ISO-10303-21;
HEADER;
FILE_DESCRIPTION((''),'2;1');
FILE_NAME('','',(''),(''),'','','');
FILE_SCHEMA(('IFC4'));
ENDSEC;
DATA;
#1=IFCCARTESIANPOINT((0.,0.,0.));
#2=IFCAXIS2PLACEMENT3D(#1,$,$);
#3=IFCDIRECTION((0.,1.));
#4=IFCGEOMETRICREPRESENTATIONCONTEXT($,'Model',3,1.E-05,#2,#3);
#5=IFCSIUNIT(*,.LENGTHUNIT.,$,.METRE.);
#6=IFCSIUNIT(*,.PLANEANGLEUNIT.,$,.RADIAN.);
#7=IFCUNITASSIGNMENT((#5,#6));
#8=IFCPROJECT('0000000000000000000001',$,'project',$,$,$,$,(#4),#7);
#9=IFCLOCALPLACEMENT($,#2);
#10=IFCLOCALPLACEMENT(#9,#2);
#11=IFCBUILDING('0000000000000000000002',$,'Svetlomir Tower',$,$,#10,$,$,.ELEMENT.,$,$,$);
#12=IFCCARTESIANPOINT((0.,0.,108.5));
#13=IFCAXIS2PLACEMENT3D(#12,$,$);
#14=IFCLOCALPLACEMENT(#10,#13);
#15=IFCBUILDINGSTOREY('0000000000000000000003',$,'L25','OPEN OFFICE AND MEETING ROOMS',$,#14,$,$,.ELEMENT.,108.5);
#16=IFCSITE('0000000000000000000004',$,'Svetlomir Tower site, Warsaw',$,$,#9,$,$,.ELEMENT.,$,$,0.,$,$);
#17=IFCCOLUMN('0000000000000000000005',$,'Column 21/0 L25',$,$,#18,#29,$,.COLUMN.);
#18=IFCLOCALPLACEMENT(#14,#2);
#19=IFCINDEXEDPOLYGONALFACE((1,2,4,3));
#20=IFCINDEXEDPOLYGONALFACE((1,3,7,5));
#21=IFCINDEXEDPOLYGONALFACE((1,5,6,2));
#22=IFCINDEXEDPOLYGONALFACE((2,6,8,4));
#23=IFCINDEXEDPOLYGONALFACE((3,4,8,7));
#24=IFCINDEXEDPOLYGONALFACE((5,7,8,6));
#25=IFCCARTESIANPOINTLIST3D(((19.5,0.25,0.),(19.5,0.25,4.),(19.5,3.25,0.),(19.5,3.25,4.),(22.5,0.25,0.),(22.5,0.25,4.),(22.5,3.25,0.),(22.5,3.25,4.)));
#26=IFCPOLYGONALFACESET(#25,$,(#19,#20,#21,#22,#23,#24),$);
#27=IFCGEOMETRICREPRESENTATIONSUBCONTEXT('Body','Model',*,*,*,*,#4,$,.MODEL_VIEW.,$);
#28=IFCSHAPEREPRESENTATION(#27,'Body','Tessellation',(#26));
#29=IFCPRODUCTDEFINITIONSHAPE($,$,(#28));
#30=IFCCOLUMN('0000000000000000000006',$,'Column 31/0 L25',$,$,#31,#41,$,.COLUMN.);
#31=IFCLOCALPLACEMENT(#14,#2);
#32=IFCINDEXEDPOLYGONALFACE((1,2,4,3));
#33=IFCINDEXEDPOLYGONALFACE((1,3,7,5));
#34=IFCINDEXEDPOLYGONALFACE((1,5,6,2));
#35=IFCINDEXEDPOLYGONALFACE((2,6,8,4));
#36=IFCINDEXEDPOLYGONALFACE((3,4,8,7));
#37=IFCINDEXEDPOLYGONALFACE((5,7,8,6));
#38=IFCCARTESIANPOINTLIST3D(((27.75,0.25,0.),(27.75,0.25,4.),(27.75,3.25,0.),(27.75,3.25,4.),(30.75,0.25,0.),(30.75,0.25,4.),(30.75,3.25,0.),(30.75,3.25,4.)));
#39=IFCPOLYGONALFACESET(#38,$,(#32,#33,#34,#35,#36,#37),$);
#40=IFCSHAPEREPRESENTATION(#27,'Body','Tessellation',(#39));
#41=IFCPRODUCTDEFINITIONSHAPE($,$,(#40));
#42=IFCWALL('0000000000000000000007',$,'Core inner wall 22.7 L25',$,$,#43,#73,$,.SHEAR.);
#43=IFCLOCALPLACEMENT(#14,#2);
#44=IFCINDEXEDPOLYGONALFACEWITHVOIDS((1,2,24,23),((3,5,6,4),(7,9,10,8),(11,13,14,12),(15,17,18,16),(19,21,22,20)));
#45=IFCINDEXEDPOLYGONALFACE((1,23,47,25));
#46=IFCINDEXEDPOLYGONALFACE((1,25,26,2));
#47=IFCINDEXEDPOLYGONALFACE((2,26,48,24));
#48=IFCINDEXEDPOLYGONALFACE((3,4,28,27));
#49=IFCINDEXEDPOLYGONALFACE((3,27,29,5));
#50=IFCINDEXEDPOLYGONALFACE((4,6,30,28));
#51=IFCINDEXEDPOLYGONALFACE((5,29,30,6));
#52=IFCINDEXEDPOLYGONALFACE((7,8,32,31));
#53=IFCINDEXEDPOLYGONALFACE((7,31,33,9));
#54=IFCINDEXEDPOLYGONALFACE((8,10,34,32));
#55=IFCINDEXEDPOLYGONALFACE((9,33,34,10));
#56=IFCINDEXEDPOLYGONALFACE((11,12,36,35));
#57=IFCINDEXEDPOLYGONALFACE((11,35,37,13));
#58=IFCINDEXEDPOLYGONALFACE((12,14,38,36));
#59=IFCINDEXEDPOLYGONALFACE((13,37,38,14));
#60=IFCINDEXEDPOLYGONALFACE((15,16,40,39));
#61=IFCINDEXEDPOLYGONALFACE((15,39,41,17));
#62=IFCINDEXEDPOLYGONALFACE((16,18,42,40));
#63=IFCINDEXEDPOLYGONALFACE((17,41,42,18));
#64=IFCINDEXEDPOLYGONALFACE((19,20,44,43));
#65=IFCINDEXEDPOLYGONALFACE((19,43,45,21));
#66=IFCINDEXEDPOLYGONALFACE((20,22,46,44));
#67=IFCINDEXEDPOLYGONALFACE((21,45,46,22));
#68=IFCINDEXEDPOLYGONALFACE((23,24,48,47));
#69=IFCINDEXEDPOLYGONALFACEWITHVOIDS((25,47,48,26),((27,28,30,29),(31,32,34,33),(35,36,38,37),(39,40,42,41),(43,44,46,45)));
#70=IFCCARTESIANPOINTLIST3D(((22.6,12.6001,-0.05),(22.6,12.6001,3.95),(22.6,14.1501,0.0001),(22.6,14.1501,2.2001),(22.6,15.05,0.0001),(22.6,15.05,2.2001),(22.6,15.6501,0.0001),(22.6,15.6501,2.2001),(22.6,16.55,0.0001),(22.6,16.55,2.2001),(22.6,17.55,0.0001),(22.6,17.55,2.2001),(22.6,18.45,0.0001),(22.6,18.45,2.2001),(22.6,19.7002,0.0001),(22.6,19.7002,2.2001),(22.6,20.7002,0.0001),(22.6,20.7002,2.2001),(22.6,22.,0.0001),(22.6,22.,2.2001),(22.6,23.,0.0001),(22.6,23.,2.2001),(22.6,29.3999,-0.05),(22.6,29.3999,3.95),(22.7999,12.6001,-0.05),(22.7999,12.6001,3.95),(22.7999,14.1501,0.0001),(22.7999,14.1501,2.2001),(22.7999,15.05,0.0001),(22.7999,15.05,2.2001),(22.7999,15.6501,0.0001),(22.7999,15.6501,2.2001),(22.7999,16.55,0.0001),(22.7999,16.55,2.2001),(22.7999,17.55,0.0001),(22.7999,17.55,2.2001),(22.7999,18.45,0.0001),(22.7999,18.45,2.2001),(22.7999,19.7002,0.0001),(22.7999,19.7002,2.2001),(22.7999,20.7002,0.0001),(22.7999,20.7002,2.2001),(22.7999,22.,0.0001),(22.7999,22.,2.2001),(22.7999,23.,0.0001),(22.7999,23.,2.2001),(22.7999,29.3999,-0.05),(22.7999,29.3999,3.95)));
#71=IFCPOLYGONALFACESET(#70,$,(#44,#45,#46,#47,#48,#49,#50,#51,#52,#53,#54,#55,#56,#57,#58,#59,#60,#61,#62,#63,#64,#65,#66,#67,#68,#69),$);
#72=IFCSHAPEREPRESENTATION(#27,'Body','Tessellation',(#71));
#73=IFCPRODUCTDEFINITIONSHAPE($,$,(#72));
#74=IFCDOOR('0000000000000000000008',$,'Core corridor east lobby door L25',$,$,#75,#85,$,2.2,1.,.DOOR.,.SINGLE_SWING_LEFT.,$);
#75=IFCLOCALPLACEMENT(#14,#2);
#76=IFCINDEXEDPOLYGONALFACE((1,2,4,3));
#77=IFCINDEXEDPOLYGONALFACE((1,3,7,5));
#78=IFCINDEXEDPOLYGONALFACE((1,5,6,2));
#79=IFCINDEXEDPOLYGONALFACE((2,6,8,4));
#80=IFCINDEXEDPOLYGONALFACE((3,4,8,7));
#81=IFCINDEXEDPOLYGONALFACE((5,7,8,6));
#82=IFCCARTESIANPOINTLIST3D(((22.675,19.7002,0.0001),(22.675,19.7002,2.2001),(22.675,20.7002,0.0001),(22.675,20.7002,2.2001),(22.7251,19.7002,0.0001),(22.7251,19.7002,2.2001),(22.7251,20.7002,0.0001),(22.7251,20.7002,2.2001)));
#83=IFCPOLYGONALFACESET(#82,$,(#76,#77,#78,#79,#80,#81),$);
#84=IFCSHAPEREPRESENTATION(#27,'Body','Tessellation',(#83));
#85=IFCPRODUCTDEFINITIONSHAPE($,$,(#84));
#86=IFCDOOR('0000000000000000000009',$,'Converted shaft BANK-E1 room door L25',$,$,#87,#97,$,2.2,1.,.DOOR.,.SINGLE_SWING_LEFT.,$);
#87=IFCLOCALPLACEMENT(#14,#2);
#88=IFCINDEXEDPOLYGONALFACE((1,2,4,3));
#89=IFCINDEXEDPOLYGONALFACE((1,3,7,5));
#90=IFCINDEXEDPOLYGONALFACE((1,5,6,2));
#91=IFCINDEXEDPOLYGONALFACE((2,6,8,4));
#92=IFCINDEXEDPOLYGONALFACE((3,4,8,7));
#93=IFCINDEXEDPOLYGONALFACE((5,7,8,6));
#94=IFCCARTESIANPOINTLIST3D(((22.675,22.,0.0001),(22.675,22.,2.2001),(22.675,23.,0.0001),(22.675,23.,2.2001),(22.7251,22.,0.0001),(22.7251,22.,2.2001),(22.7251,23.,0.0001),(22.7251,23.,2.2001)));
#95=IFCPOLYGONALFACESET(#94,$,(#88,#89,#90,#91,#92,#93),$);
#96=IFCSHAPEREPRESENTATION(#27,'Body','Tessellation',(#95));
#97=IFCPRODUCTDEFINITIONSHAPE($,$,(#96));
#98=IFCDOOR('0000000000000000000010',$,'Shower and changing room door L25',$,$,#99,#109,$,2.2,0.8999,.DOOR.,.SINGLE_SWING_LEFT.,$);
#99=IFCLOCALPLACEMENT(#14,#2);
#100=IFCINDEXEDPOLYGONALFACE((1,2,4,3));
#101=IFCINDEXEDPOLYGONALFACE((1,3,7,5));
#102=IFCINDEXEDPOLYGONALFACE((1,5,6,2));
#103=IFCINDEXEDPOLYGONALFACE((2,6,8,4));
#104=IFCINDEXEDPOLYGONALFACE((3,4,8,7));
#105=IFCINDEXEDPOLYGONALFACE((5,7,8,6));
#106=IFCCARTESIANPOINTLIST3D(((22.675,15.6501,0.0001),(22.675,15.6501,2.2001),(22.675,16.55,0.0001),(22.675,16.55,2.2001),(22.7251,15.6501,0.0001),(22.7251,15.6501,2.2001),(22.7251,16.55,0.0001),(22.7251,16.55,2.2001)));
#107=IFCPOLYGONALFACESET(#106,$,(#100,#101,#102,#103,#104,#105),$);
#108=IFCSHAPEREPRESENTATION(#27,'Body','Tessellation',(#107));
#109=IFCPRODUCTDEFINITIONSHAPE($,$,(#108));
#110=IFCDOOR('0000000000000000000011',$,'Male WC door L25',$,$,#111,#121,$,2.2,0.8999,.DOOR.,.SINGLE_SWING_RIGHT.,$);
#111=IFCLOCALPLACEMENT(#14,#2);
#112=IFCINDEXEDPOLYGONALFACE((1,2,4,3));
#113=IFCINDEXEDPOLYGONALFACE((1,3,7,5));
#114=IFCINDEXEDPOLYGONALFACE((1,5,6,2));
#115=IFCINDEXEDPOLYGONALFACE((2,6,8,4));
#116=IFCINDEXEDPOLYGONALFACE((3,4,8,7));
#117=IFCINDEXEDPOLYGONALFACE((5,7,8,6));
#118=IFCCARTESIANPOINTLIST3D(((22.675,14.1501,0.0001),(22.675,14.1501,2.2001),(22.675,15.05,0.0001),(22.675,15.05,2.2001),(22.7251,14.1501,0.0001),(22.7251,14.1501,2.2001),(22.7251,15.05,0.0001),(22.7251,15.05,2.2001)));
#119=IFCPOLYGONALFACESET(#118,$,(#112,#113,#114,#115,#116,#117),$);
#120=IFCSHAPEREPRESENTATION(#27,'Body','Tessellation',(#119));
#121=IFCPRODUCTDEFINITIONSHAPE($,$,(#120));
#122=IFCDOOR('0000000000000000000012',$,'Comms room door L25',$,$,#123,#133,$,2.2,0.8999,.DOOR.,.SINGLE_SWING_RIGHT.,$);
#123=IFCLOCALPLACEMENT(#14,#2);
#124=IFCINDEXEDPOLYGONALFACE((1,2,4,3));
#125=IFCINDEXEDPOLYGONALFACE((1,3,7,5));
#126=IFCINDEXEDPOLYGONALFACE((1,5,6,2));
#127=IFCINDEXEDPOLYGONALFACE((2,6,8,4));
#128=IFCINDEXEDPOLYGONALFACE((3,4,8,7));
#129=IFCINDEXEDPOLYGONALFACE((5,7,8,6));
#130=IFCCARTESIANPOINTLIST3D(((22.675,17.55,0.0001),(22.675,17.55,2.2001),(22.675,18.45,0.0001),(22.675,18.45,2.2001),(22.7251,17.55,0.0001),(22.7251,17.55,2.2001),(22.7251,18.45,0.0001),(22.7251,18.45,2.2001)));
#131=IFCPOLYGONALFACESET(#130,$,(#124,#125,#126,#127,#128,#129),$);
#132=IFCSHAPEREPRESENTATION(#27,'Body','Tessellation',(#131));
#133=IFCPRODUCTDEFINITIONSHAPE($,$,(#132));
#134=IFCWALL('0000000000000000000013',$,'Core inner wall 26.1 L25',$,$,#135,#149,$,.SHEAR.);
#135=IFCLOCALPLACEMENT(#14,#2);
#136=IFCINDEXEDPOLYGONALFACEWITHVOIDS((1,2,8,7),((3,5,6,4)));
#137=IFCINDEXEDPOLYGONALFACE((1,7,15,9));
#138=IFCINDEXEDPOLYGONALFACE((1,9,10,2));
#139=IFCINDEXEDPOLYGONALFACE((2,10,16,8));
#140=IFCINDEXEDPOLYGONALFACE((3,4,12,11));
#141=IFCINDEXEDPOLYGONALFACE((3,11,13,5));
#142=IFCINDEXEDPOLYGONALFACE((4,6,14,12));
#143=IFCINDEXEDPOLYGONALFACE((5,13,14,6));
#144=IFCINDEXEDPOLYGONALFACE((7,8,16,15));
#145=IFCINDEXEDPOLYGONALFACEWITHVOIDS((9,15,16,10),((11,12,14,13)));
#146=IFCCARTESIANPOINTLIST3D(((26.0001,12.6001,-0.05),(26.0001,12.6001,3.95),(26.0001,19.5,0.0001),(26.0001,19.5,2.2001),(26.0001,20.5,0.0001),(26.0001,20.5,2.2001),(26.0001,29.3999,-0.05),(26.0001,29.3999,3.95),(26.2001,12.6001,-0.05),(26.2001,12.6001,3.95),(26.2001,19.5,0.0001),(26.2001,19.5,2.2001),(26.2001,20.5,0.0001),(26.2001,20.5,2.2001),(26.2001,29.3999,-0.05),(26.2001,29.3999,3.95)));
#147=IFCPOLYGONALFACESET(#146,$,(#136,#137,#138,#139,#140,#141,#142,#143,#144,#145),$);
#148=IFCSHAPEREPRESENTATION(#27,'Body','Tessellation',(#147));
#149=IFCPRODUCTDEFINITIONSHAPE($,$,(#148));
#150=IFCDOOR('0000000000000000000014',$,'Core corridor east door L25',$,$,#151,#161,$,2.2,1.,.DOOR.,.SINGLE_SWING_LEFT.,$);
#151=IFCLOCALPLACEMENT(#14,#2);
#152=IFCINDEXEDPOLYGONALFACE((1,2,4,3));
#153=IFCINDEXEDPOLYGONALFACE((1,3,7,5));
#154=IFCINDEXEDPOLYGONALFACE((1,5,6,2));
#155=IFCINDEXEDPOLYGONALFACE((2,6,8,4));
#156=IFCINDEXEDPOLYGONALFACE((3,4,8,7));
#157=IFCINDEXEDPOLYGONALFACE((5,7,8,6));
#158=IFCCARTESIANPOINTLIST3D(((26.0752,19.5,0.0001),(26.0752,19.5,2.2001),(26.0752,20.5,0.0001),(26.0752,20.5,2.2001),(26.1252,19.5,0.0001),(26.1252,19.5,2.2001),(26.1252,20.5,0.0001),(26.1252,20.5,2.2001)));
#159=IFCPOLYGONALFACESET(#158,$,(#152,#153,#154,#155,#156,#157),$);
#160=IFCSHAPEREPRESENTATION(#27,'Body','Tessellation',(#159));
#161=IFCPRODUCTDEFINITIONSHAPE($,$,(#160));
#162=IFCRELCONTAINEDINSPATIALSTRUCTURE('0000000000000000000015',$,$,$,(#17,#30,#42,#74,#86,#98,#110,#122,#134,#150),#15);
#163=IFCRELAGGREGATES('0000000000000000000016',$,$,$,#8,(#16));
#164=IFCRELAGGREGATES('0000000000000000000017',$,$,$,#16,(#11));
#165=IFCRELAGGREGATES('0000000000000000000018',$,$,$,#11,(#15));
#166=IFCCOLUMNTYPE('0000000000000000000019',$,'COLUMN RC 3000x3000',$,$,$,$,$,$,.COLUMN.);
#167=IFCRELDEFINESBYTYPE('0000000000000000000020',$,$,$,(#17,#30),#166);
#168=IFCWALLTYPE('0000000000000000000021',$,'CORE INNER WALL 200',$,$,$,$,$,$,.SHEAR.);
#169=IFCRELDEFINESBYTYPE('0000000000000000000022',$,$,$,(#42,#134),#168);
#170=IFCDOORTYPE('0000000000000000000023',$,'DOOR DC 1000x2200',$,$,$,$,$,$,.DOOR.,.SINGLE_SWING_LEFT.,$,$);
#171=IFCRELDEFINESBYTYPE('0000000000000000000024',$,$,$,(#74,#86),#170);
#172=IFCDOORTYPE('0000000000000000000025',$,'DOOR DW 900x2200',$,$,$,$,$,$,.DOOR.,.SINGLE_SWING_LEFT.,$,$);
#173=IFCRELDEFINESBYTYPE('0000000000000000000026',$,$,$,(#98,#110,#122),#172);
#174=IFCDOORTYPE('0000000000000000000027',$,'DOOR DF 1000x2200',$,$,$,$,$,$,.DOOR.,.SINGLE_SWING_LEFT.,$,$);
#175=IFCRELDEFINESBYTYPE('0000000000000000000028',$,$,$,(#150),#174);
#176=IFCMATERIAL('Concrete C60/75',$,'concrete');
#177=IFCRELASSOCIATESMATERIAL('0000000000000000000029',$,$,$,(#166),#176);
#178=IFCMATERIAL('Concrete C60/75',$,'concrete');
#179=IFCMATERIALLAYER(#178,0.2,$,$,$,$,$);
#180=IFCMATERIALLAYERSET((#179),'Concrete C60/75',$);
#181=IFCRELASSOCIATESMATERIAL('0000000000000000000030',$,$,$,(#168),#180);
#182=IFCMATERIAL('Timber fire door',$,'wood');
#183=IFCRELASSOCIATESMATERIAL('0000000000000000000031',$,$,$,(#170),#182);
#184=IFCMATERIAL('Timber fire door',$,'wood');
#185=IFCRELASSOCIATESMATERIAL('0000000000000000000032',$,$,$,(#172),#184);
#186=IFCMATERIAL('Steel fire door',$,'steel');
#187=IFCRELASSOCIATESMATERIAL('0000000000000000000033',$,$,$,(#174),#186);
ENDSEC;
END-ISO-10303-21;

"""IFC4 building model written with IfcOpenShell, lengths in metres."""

from ifc_helpers import new_model, si_unit, direction, frame, frame_2d, origin, origin_2d, place, context, subcontext, project, spatial, rectangle, extrude, material, layer, layer_set, material_profile, profile_set, type_object, element, fill, save


model = new_model("IFC4")

# Units and contexts
model_context = context("Model", 3, precision=1e-05, world=origin(), true_north=direction((0.0, 1.0)))
body_context = subcontext(model_context, "Body", "Model", "MODEL_VIEW")
ifc_project = project(units=[si_unit("LENGTHUNIT", "METRE"), si_unit("PLANEANGLEUNIT", "RADIAN")], contexts=[model_context])

# Site, building, storey
site_placement = place(None, origin())
site = spatial("IfcSite", under=ifc_project, at=site_placement, Name="Svetlomir Tower site, Warsaw", CompositionType="ELEMENT", RefElevation=0.0)
building_placement = place(site_placement, origin())
building = spatial("IfcBuilding", under=site, at=building_placement, Name="Svetlomir Tower", CompositionType="ELEMENT")
storey_placement = place(building_placement, frame((0.0, 0.0, 108.5)))
storey = spatial("IfcBuildingStorey", under=building, at=storey_placement, Name="L25", Description="OPEN OFFICE AND MEETING ROOMS", CompositionType="ELEMENT", Elevation=108.5)

# Columns
ifc_material_1 = material(Name="Concrete C60/75", Category="concrete")
ifc_material_profile = material_profile(ifc_material_1, rectangle(XDim=3.0, YDim=3.0, at=origin_2d()), Name="RC 3000x3000")
ifc_profile_set = profile_set([ifc_material_profile], Name="Concrete C60/75")
column_type = type_object("IfcColumnType", Name="COLUMN RC 3000x3000", PredefinedType="COLUMN", material=ifc_profile_set)
for number, where, z_axis, x_axis, name in (
    (1, (21.0, 1.75, 0.0), (0.0, 0.0, 1.0), (1.0, 0.0, 0.0), "Column 21/0 L25"),
    (2, (29.25, 1.75, 0.0), (0.0, 0.0, 1.0), (1.0, 0.0, 0.0), "Column 31/0 L25"),
):
    element("IfcColumn", number, at=place(storey_placement, frame(where, z_axis=z_axis, x_axis=x_axis)), inside=storey, type_object=column_type, Name=name, PredefinedType="COLUMN", context=body_context, shape_type="SweptSolid", body=[
        extrude(rectangle(XDim=3.0, YDim=3.0, at=origin_2d()), origin(), (0.0, 0.0, 1.0), 4.0),
    ])

# Wall, openings, doors
ifc_material_2 = material(Name="Concrete C60/75", Category="concrete")
ifc_layer_1 = layer(ifc_material_2, 0.2)
ifc_layer_set_1 = layer_set([ifc_layer_1], Name="Concrete C60/75")
wall_type_1 = type_object("IfcWallType", Name="CORE INNER WALL 200", PredefinedType="SHEAR", material=ifc_layer_set_1)
wall_1_placement = place(storey_placement, frame((22.7, 12.6001, -0.05), z_axis=(0.0, 0.0, 1.0), x_axis=(0.0, 1.0, 0.0)))
wall_1 = element("IfcWall", 3, at=wall_1_placement, inside=storey, type_object=wall_type_1, Name="Core inner wall 22.7 L25", PredefinedType="SHEAR", context=body_context, shape_type="SweptSolid", body=[
    extrude(rectangle(XDim=16.7998, YDim=0.2, at=frame_2d((8.3999, 0.0))), origin(), (0.0, 0.0, 1.0), 4.0),
])
opening_1_placement = place(wall_1_placement, frame((3.05, 0.0, 0.05)))
opening_1 = element("IfcOpeningElement", 4, at=opening_1_placement, cuts=wall_1, PredefinedType="OPENING", context=body_context, shape_type="SweptSolid", body=[
    extrude(rectangle(XDim=0.8999, YDim=2.2, at=frame_2d((0.45, 1.1001))), frame((0.0, 0.1099, 0.0), z_axis=(0.0, -1.0, 0.0), x_axis=(1.0, 0.0, 0.0)), (0.0, 0.0, 1.0), 0.22),
])
opening_2_placement = place(wall_1_placement, frame((7.1001, 0.0, 0.05)))
opening_2 = element("IfcOpeningElement", 5, at=opening_2_placement, cuts=wall_1, PredefinedType="OPENING", context=body_context, shape_type="SweptSolid", body=[
    extrude(rectangle(XDim=1.0, YDim=2.2, at=frame_2d((0.5, 1.1001))), frame((0.0, 0.1099, 0.0), z_axis=(0.0, -1.0, 0.0), x_axis=(1.0, 0.0, 0.0)), (0.0, 0.0, 1.0), 0.22),
])
opening_3_placement = place(wall_1_placement, frame((1.55, 0.0, 0.05)))
opening_3 = element("IfcOpeningElement", 6, at=opening_3_placement, cuts=wall_1, PredefinedType="OPENING", context=body_context, shape_type="SweptSolid", body=[
    extrude(rectangle(XDim=0.8999, YDim=2.2, at=frame_2d((0.45, 1.1001))), frame((0.0, 0.1099, 0.0), z_axis=(0.0, -1.0, 0.0), x_axis=(1.0, 0.0, 0.0)), (0.0, 0.0, 1.0), 0.22),
])
opening_4_placement = place(wall_1_placement, frame((4.95, 0.0, 0.05)))
opening_4 = element("IfcOpeningElement", 7, at=opening_4_placement, cuts=wall_1, PredefinedType="OPENING", context=body_context, shape_type="SweptSolid", body=[
    extrude(rectangle(XDim=0.8999, YDim=2.2, at=frame_2d((0.45, 1.1001))), frame((0.0, 0.1099, 0.0), z_axis=(0.0, -1.0, 0.0), x_axis=(1.0, 0.0, 0.0)), (0.0, 0.0, 1.0), 0.22),
])
opening_5_placement = place(wall_1_placement, frame((9.3999, 0.0, 0.05)))
opening_5 = element("IfcOpeningElement", 8, at=opening_5_placement, cuts=wall_1, PredefinedType="OPENING", context=body_context, shape_type="SweptSolid", body=[
    extrude(rectangle(XDim=1.0, YDim=2.2, at=frame_2d((0.5, 1.1001))), frame((0.0, 0.1099, 0.0), z_axis=(0.0, -1.0, 0.0), x_axis=(1.0, 0.0, 0.0)), (0.0, 0.0, 1.0), 0.22),
])
ifc_material_3 = material(Name="Timber fire door", Category="wood")
door_type_1 = type_object("IfcDoorType", Name="DOOR DC 1000x2200", OperationType="SINGLE_SWING_LEFT", PredefinedType="DOOR", material=ifc_material_3)
door_1_placement = place(opening_2_placement, origin())
door_1 = element("IfcDoor", 9, at=door_1_placement, inside=storey, type_object=door_type_1, Name="Core corridor east lobby door L25", OperationType="SINGLE_SWING_LEFT", OverallHeight=2.2, OverallWidth=1.0, PredefinedType="DOOR", context=body_context, shape_type="SweptSolid", body=[
    extrude(rectangle(XDim=1.0, YDim=2.2, at=frame_2d((0.5, 1.1001))), frame((0.0, 0.0249, 0.0), z_axis=(0.0, -1.0, 0.0), x_axis=(1.0, 0.0, 0.0)), (0.0, 0.0, 1.0), 0.05),
])
fill(opening_2, door_1)
door_2_placement = place(opening_5_placement, origin())
door_2 = element("IfcDoor", 10, at=door_2_placement, inside=storey, type_object=door_type_1, Name="Converted shaft BANK-E1 room door L25", OperationType="SINGLE_SWING_LEFT", OverallHeight=2.2, OverallWidth=1.0, PredefinedType="DOOR", context=body_context, shape_type="SweptSolid", body=[
    extrude(rectangle(XDim=1.0, YDim=2.2, at=frame_2d((0.5, 1.1001))), frame((0.0, 0.0249, 0.0), z_axis=(0.0, -1.0, 0.0), x_axis=(1.0, 0.0, 0.0)), (0.0, 0.0, 1.0), 0.05),
])
fill(opening_5, door_2)
ifc_material_4 = material(Name="Timber fire door", Category="wood")
door_type_2 = type_object("IfcDoorType", Name="DOOR DW 900x2200", OperationType="SINGLE_SWING_LEFT", PredefinedType="DOOR", material=ifc_material_4)
door_3_placement = place(opening_1_placement, origin())
door_3 = element("IfcDoor", 11, at=door_3_placement, inside=storey, type_object=door_type_2, Name="Shower and changing room door L25", OperationType="SINGLE_SWING_LEFT", OverallHeight=2.2, OverallWidth=0.8999, PredefinedType="DOOR", context=body_context, shape_type="SweptSolid", body=[
    extrude(rectangle(XDim=0.8999, YDim=2.2, at=frame_2d((0.45, 1.1001))), frame((0.0, 0.0249, 0.0), z_axis=(0.0, -1.0, 0.0), x_axis=(1.0, 0.0, 0.0)), (0.0, 0.0, 1.0), 0.05),
])
fill(opening_1, door_3)
door_4_placement = place(opening_3_placement, origin())
door_4 = element("IfcDoor", 12, at=door_4_placement, inside=storey, type_object=door_type_2, Name="Male WC door L25", OperationType="SINGLE_SWING_RIGHT", OverallHeight=2.2, OverallWidth=0.8999, PredefinedType="DOOR", context=body_context, shape_type="SweptSolid", body=[
    extrude(rectangle(XDim=0.8999, YDim=2.2, at=frame_2d((0.45, 1.1001))), frame((0.0, 0.0249, 0.0), z_axis=(0.0, -1.0, 0.0), x_axis=(1.0, 0.0, 0.0)), (0.0, 0.0, 1.0), 0.05),
])
fill(opening_3, door_4)
door_5_placement = place(opening_4_placement, origin())
door_5 = element("IfcDoor", 13, at=door_5_placement, inside=storey, type_object=door_type_2, Name="Comms room door L25", OperationType="SINGLE_SWING_RIGHT", OverallHeight=2.2, OverallWidth=0.8999, PredefinedType="DOOR", context=body_context, shape_type="SweptSolid", body=[
    extrude(rectangle(XDim=0.8999, YDim=2.2, at=frame_2d((0.45, 1.1001))), frame((0.0, 0.0249, 0.0), z_axis=(0.0, -1.0, 0.0), x_axis=(1.0, 0.0, 0.0)), (0.0, 0.0, 1.0), 0.05),
])
fill(opening_4, door_5)

# Wall, opening, door
wall_2_placement = place(storey_placement, frame((26.1001, 12.6001, -0.05), z_axis=(0.0, 0.0, 1.0), x_axis=(0.0, 1.0, 0.0)))
wall_2 = element("IfcWall", 14, at=wall_2_placement, inside=storey, type_object=wall_type_1, Name="Core inner wall 26.1 L25", PredefinedType="SHEAR", context=body_context, shape_type="SweptSolid", body=[
    extrude(rectangle(XDim=16.7998, YDim=0.2, at=frame_2d((8.3999, 0.0))), origin(), (0.0, 0.0, 1.0), 4.0),
])
opening_6_placement = place(wall_2_placement, frame((6.8999, 0.0, 0.05)))
opening_6 = element("IfcOpeningElement", 15, at=opening_6_placement, cuts=wall_2, PredefinedType="OPENING", context=body_context, shape_type="SweptSolid", body=[
    extrude(rectangle(XDim=1.0, YDim=2.2, at=frame_2d((0.5, 1.1001))), frame((0.0, 0.1099, 0.0), z_axis=(0.0, -1.0, 0.0), x_axis=(1.0, 0.0, 0.0)), (0.0, 0.0, 1.0), 0.22),
])
ifc_material_5 = material(Name="Steel fire door", Category="steel")
door_type_3 = type_object("IfcDoorType", Name="DOOR DF 1000x2200", OperationType="SINGLE_SWING_LEFT", PredefinedType="DOOR", material=ifc_material_5)
door_6_placement = place(opening_6_placement, origin())
door_6 = element("IfcDoor", 16, at=door_6_placement, inside=storey, type_object=door_type_3, Name="Core corridor east door L25", OperationType="SINGLE_SWING_LEFT", OverallHeight=2.2, OverallWidth=1.0, PredefinedType="DOOR", context=body_context, shape_type="SweptSolid", body=[
    extrude(rectangle(XDim=1.0, YDim=2.2, at=frame_2d((0.5, 1.1001))), frame((0.0, 0.0249, 0.0), z_axis=(0.0, -1.0, 0.0), x_axis=(1.0, 0.0, 0.0)), (0.0, 0.0, 1.0), 0.05),
])
fill(opening_6, door_6)

save(model, "model.ifc")
